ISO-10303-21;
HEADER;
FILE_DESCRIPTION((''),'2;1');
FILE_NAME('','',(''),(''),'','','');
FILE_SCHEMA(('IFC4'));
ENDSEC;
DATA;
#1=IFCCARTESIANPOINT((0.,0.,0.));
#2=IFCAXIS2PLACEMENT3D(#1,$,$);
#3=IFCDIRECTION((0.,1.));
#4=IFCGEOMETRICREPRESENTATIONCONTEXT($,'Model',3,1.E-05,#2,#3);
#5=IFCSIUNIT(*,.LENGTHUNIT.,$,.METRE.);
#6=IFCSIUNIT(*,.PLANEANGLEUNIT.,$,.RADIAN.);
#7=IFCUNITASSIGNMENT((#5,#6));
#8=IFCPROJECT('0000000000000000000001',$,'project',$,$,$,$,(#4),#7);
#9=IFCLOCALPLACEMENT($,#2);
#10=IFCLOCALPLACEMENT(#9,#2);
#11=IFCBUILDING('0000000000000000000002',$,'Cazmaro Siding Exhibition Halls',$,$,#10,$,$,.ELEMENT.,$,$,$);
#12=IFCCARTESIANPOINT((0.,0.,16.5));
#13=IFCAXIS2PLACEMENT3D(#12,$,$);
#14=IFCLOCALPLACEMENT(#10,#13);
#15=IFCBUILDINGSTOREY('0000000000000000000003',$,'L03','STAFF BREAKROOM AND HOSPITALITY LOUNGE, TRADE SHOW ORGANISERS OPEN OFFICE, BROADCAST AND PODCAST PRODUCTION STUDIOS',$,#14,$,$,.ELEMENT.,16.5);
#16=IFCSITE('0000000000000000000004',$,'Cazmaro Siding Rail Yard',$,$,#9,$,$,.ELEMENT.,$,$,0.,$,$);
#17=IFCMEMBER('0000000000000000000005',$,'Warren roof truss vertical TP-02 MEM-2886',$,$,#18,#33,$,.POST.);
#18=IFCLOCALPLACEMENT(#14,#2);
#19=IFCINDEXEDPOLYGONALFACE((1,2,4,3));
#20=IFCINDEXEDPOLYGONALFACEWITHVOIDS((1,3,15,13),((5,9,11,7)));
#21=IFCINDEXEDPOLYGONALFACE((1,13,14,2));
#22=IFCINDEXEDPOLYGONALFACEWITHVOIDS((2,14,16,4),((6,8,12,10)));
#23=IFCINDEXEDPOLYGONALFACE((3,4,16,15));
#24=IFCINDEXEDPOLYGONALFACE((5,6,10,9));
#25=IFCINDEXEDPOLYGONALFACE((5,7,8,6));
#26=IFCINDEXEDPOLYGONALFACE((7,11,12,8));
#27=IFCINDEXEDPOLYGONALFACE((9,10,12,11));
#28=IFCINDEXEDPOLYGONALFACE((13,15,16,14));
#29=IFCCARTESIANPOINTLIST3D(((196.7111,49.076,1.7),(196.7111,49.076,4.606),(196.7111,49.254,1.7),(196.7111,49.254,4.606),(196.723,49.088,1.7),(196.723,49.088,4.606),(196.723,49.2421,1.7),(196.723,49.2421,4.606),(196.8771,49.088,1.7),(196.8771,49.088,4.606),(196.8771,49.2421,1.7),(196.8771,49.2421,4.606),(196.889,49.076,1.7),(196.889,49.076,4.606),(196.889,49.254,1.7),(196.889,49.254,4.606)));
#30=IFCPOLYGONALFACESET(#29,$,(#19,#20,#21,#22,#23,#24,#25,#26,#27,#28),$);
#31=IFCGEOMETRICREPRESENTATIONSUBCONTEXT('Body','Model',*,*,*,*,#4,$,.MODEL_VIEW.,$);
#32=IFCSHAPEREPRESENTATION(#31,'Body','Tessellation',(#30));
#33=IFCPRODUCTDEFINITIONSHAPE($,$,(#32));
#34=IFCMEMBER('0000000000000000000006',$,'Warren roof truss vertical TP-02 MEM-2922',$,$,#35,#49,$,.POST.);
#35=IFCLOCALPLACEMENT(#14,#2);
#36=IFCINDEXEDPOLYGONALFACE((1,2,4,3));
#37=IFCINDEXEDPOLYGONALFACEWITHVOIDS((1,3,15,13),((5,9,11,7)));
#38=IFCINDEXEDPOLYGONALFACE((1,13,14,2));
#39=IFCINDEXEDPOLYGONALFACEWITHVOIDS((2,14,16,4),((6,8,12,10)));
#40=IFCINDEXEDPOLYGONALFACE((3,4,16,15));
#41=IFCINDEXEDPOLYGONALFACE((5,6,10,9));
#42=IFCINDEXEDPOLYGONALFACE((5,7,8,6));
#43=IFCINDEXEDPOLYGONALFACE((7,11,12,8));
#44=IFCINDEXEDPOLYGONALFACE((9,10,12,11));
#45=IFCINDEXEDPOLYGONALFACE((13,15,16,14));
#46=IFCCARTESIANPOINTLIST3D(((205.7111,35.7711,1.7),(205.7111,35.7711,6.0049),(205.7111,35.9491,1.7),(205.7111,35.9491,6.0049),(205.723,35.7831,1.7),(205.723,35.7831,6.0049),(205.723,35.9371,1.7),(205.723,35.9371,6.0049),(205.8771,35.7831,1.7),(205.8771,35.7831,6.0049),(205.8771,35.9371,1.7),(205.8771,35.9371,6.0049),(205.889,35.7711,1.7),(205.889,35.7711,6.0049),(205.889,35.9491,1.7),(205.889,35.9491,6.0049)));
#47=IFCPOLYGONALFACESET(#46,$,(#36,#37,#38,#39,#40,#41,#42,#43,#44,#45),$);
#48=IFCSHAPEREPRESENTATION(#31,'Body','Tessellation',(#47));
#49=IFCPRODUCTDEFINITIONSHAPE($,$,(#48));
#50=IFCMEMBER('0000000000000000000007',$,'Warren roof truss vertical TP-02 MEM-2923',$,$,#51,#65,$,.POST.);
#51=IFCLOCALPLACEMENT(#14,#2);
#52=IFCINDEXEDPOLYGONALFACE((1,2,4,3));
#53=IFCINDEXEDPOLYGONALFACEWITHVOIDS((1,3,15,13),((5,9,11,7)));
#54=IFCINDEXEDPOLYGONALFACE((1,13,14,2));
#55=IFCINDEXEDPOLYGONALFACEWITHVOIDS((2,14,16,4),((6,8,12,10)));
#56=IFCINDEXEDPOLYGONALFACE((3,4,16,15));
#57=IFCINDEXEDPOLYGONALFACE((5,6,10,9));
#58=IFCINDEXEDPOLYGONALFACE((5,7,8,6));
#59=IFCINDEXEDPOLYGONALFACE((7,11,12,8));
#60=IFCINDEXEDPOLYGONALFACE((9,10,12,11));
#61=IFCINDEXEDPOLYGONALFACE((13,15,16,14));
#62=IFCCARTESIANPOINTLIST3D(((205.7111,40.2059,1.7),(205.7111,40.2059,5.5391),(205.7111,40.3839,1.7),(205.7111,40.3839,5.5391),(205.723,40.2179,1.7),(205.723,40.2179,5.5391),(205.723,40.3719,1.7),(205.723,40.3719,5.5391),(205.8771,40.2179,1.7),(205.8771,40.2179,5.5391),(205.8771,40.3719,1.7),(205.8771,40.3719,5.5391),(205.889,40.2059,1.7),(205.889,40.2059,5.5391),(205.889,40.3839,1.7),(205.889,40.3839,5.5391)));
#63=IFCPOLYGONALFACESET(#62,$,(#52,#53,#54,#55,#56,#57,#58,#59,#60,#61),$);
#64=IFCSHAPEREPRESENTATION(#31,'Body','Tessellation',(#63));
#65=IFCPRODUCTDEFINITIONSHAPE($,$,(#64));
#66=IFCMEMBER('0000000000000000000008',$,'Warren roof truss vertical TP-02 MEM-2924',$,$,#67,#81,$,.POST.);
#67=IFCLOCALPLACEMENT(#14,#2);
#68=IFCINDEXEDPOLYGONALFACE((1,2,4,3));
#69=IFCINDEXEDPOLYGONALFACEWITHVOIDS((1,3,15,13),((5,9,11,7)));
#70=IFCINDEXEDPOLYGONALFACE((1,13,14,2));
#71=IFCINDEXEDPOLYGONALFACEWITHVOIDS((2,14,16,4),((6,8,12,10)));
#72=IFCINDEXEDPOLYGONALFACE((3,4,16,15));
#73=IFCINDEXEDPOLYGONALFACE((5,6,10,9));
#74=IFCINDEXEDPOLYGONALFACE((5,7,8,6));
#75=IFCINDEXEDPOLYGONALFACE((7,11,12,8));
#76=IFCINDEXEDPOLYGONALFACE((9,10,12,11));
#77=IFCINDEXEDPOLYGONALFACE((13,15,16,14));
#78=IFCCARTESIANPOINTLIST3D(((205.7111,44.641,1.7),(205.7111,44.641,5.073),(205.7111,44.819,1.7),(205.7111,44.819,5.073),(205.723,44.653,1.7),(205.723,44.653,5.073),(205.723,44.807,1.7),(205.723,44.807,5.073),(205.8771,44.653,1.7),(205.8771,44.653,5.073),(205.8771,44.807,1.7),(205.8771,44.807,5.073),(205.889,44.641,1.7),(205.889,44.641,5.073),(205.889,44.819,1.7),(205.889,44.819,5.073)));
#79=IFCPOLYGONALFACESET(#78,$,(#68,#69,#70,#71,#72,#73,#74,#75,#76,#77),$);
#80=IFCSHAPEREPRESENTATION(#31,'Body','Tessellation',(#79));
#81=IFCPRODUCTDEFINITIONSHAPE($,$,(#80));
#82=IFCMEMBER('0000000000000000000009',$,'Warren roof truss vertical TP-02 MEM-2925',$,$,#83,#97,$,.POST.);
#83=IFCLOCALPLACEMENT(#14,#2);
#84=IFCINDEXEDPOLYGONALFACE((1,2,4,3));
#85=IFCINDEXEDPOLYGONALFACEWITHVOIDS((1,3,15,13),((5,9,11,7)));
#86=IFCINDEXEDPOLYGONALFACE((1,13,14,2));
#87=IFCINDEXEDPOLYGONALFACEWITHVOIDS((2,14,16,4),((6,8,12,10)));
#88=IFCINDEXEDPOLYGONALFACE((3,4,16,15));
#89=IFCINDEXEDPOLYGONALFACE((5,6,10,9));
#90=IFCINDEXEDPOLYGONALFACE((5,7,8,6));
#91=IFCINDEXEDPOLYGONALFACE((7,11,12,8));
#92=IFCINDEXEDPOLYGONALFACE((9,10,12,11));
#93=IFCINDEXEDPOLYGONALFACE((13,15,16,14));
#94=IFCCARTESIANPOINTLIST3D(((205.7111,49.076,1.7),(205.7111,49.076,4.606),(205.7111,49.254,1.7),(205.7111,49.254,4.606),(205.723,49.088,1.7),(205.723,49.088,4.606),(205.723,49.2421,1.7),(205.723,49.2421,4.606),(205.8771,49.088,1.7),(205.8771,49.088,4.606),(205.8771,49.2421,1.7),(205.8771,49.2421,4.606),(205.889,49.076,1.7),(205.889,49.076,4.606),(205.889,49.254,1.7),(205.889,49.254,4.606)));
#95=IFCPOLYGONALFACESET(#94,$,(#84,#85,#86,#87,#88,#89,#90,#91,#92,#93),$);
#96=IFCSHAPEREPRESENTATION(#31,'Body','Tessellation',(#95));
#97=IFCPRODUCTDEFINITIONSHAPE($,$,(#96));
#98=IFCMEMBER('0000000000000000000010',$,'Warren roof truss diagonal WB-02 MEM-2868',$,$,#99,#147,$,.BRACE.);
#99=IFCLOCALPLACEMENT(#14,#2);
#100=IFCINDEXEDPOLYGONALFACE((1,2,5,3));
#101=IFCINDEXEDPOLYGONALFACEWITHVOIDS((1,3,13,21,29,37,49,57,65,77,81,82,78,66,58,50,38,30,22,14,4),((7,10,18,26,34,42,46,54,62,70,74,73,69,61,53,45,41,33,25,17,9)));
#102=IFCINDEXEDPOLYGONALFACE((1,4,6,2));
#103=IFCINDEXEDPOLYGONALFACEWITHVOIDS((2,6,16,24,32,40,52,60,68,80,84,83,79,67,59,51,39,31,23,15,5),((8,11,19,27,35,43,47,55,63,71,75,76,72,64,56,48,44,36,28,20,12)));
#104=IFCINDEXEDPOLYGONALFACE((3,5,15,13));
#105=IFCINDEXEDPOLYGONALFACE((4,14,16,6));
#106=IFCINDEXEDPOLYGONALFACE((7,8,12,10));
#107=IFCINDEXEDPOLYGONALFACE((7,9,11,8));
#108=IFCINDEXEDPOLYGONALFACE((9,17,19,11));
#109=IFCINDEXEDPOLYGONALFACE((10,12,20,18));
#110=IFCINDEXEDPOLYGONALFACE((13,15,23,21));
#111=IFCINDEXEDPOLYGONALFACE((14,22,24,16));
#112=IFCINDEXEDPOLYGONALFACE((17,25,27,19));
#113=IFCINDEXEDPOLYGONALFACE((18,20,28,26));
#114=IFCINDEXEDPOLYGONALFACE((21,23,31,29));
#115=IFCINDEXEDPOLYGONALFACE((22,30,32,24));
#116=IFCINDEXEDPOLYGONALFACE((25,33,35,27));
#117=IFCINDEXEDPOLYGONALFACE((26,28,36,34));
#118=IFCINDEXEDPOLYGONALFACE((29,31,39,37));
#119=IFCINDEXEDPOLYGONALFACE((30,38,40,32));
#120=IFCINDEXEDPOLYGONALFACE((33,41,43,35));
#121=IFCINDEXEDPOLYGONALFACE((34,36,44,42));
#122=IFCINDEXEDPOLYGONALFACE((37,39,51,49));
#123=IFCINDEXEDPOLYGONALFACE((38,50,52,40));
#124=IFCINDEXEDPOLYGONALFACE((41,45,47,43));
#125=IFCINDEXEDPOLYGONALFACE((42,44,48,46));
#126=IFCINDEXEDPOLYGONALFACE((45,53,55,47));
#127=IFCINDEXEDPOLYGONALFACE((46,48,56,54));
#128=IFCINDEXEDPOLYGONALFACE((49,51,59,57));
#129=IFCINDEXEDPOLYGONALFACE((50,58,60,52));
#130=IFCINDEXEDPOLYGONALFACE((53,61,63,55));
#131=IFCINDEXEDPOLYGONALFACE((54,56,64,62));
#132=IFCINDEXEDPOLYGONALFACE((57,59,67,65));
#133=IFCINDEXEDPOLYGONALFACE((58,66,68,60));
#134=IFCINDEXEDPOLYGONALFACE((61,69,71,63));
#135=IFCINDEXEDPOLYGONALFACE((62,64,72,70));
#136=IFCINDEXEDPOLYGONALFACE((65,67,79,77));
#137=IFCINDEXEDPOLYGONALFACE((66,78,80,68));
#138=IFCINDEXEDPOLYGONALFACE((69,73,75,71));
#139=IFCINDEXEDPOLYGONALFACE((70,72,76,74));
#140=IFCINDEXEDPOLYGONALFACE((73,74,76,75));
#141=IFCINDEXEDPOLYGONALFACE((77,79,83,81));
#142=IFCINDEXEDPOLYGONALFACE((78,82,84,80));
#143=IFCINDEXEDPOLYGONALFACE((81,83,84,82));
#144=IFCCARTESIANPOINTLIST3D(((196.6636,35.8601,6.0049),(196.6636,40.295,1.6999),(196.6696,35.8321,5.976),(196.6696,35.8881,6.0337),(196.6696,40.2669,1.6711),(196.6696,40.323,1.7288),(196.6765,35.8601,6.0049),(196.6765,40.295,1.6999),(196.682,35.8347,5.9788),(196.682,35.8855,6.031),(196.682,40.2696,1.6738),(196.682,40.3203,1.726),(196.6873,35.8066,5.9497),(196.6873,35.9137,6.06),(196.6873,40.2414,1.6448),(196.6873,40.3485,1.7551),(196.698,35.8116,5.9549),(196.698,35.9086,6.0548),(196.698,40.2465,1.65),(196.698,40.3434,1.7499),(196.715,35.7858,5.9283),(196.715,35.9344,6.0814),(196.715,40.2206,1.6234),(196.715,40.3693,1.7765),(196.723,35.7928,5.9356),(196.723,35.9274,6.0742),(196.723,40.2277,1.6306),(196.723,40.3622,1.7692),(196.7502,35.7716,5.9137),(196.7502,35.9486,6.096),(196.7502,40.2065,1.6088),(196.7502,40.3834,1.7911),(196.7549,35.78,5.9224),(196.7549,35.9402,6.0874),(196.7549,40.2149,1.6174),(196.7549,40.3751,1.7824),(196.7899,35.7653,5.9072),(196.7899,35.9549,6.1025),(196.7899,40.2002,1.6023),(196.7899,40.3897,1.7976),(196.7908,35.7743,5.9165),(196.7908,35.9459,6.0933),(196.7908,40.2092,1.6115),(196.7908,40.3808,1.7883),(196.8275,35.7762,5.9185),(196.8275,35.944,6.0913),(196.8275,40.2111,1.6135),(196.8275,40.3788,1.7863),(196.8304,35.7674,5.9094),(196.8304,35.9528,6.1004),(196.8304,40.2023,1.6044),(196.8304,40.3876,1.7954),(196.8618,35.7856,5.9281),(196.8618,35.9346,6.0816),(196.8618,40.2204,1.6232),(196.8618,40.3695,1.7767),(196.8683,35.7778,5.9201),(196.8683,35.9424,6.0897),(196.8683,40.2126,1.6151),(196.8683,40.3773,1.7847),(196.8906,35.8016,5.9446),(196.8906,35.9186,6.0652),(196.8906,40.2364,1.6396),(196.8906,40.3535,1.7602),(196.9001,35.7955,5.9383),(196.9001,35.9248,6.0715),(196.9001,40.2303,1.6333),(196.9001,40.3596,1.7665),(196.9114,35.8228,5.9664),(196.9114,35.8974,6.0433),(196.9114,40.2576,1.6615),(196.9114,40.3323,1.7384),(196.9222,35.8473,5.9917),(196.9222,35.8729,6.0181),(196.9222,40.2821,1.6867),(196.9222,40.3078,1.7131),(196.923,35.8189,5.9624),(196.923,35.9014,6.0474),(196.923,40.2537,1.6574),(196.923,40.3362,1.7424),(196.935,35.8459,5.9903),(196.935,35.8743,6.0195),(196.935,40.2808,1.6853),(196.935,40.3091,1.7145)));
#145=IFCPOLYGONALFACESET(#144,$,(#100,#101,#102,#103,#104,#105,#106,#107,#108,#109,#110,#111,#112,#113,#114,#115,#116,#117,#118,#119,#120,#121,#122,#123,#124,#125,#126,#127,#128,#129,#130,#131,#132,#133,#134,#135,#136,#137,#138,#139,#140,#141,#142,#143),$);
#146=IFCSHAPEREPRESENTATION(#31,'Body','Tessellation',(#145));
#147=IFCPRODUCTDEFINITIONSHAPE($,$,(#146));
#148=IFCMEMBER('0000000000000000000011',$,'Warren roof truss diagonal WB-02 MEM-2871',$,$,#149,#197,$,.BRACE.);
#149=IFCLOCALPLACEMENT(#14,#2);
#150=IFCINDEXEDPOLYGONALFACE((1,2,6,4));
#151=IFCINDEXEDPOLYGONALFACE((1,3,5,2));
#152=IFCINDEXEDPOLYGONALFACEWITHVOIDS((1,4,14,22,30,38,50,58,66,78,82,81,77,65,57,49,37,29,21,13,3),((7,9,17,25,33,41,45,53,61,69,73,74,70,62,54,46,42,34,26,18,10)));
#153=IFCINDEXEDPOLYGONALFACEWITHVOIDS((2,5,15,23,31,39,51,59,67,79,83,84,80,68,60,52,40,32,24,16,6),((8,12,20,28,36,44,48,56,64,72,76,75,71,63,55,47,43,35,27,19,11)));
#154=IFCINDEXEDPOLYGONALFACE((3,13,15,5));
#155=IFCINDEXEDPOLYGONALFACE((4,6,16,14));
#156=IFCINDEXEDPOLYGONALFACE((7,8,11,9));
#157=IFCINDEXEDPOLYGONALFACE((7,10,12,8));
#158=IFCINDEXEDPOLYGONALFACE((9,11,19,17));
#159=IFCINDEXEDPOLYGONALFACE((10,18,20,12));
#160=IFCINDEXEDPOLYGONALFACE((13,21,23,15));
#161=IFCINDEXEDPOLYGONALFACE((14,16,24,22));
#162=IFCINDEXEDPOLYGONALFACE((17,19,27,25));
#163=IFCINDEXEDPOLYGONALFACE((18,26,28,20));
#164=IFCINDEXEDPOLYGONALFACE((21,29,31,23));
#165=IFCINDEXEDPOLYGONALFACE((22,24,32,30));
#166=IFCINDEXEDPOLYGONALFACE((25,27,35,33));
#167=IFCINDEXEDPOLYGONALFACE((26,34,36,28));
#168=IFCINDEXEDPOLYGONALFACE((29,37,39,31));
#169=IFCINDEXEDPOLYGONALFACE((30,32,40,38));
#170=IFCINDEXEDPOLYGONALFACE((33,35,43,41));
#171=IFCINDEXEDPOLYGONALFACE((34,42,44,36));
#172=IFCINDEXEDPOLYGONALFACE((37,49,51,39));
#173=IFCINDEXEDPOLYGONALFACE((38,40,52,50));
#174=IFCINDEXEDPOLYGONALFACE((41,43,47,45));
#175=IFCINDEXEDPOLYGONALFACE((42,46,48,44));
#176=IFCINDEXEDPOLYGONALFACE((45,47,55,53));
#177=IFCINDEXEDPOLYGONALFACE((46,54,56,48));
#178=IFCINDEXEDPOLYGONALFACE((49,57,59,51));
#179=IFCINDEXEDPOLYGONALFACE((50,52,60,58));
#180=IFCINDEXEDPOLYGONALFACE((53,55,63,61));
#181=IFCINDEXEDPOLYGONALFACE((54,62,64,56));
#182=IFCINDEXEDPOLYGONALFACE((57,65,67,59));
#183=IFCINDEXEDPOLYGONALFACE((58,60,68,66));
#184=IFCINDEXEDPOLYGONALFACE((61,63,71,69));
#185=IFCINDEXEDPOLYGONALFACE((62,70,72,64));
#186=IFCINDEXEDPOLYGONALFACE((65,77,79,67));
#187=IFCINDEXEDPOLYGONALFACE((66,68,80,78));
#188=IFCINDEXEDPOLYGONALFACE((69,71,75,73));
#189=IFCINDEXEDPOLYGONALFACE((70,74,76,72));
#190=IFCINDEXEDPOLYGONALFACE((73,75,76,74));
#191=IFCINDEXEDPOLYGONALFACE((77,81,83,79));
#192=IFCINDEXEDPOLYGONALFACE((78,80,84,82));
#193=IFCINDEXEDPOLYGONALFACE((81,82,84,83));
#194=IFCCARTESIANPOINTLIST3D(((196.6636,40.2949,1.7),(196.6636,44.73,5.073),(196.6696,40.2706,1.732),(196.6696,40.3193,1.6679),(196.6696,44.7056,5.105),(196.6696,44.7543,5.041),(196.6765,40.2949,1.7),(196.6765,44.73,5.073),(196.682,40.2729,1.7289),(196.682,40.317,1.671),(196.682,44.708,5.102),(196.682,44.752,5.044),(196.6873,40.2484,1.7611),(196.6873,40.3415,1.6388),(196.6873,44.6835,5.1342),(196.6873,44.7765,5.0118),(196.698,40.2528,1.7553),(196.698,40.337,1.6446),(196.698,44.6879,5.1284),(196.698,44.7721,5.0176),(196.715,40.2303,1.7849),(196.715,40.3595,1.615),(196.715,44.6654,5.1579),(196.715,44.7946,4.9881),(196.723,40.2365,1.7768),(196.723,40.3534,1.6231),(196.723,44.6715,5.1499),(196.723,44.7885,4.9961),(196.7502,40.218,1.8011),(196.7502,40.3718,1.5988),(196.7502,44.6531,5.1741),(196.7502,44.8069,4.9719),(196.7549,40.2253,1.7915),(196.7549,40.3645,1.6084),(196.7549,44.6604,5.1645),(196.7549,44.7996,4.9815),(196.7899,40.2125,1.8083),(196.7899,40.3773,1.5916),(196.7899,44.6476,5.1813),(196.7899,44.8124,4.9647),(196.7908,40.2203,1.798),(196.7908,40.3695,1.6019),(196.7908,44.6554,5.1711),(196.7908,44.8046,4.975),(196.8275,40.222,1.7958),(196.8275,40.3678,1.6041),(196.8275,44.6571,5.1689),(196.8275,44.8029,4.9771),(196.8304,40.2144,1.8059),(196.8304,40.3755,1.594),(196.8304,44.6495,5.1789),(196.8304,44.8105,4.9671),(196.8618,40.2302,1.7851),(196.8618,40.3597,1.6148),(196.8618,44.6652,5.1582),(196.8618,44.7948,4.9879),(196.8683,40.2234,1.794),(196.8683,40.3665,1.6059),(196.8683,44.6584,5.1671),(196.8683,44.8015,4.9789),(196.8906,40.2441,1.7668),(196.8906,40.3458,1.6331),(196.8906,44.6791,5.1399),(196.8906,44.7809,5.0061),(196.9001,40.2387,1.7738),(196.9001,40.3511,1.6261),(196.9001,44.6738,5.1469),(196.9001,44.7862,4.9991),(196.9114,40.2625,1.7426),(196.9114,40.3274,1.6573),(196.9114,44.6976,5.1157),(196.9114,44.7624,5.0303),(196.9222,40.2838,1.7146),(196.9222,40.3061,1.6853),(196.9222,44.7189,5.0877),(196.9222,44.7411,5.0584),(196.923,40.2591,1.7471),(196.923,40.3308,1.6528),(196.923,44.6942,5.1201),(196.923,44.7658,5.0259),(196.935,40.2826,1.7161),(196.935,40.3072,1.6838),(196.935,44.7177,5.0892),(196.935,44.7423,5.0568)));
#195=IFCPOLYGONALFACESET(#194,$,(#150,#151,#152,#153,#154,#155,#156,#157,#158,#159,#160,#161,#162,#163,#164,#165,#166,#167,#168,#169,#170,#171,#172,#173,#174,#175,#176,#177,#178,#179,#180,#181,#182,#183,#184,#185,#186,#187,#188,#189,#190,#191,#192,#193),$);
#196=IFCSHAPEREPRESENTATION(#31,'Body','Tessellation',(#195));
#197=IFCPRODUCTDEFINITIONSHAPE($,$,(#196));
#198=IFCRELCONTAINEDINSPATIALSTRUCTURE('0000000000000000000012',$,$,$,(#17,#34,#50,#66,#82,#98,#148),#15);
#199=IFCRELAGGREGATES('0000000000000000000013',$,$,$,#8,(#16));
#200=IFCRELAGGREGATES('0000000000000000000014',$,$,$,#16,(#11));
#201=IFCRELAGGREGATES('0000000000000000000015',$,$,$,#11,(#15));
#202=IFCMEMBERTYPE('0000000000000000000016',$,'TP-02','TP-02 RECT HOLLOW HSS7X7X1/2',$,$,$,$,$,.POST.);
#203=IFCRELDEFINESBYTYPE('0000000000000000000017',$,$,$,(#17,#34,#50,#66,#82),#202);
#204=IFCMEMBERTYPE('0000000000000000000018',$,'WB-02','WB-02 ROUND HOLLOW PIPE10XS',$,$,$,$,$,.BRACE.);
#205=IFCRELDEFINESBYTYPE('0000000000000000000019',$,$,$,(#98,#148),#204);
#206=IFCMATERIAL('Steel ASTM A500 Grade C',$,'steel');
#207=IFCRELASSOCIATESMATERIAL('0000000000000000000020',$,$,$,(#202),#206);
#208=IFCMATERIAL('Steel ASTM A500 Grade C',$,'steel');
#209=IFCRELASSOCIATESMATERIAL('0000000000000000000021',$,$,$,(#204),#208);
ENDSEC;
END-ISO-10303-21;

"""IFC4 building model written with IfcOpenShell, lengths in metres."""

from ifc_helpers import new_model, si_unit, direction, frame, origin, origin_2d, place, context, subcontext, project, spatial, hollow_rectangle, hollow_circle, extrude, material, material_profile, profile_set, type_object, element, save


model = new_model("IFC4")

# Units and contexts
model_context = context("Model", 3, precision=1e-05, world=origin(), true_north=direction((0.0, 1.0)))
body_context = subcontext(model_context, "Body", "Model", "MODEL_VIEW")
ifc_project = project(units=[si_unit("LENGTHUNIT", "METRE"), si_unit("PLANEANGLEUNIT", "RADIAN")], contexts=[model_context])

# Site, building, storey
site_placement = place(None, origin())
site = spatial("IfcSite", under=ifc_project, at=site_placement, Name="Cazmaro Siding Rail Yard", CompositionType="ELEMENT", RefElevation=0.0)
building_placement = place(site_placement, origin())
building = spatial("IfcBuilding", under=site, at=building_placement, Name="Cazmaro Siding Exhibition Halls", CompositionType="ELEMENT")
storey_placement = place(building_placement, frame((0.0, 0.0, 16.5)))
storey = spatial("IfcBuildingStorey", under=building, at=storey_placement, Name="L03", Description="STAFF BREAKROOM AND HOSPITALITY LOUNGE, TRADE SHOW ORGANISERS OPEN OFFICE, BROADCAST AND PODCAST PRODUCTION STUDIOS", CompositionType="ELEMENT", Elevation=16.5)

# Members
ifc_material_1 = material(Name="Steel ASTM A500 Grade C", Category="steel")
ifc_material_profile_1 = material_profile(ifc_material_1, hollow_rectangle(XDim=0.178, YDim=0.178, WallThickness=0.012, at=origin_2d()), Name="HSS7X7X1/2")
ifc_profile_set_1 = profile_set([ifc_material_profile_1], Name="Steel ASTM A500 Grade C")
member_type_1 = type_object("IfcMemberType", Name="TP-02", Description="TP-02 RECT HOLLOW HSS7X7X1/2", PredefinedType="POST", material=ifc_profile_set_1)
member_1_placement = place(storey_placement, frame((196.8, 49.165, 1.7), z_axis=(0.0, 0.0, 1.0), x_axis=(1.0, 0.0, 0.0)))
element("IfcMember", 1, at=member_1_placement, inside=storey, type_object=member_type_1, Name="Warren roof truss vertical TP-02 MEM-2886", PredefinedType="POST", context=body_context, shape_type="SweptSolid", body=[
    extrude(hollow_rectangle(XDim=0.178, YDim=0.178, WallThickness=0.012, at=origin_2d()), origin(), (0.0, 0.0, 1.0), 2.906),
])
member_2_placement = place(storey_placement, frame((205.8, 35.8601, 1.7), z_axis=(0.0, 0.0, 1.0), x_axis=(1.0, 0.0, 0.0)))
element("IfcMember", 2, at=member_2_placement, inside=storey, type_object=member_type_1, Name="Warren roof truss vertical TP-02 MEM-2922", PredefinedType="POST", context=body_context, shape_type="SweptSolid", body=[
    extrude(hollow_rectangle(XDim=0.178, YDim=0.178, WallThickness=0.012, at=origin_2d()), origin(), (0.0, 0.0, 1.0), 4.3049),
])
member_3_placement = place(storey_placement, frame((205.8, 40.2949, 1.7), z_axis=(0.0, 0.0, 1.0), x_axis=(1.0, 0.0, 0.0)))
element("IfcMember", 3, at=member_3_placement, inside=storey, type_object=member_type_1, Name="Warren roof truss vertical TP-02 MEM-2923", PredefinedType="POST", context=body_context, shape_type="SweptSolid", body=[
    extrude(hollow_rectangle(XDim=0.178, YDim=0.178, WallThickness=0.012, at=origin_2d()), origin(), (0.0, 0.0, 1.0), 3.8391),
])
member_4_placement = place(storey_placement, frame((205.8, 44.73, 1.7), z_axis=(0.0, 0.0, 1.0), x_axis=(1.0, 0.0, 0.0)))
element("IfcMember", 4, at=member_4_placement, inside=storey, type_object=member_type_1, Name="Warren roof truss vertical TP-02 MEM-2924", PredefinedType="POST", context=body_context, shape_type="SweptSolid", body=[
    extrude(hollow_rectangle(XDim=0.178, YDim=0.178, WallThickness=0.012, at=origin_2d()), origin(), (0.0, 0.0, 1.0), 3.373),
])
member_5_placement = place(storey_placement, frame((205.8, 49.165, 1.7), z_axis=(0.0, 0.0, 1.0), x_axis=(1.0, 0.0, 0.0)))
element("IfcMember", 5, at=member_5_placement, inside=storey, type_object=member_type_1, Name="Warren roof truss vertical TP-02 MEM-2925", PredefinedType="POST", context=body_context, shape_type="SweptSolid", body=[
    extrude(hollow_rectangle(XDim=0.178, YDim=0.178, WallThickness=0.012, at=origin_2d()), origin(), (0.0, 0.0, 1.0), 2.906),
])
ifc_material_2 = material(Name="Steel ASTM A500 Grade C", Category="steel")
ifc_material_profile_2 = material_profile(ifc_material_2, hollow_circle(Radius=0.1365, WallThickness=0.0129, at=origin_2d()), Name="PIPE10XS")
ifc_profile_set_2 = profile_set([ifc_material_profile_2], Name="Steel ASTM A500 Grade C")
member_type_2 = type_object("IfcMemberType", Name="WB-02", Description="WB-02 ROUND HOLLOW PIPE10XS", PredefinedType="BRACE", material=ifc_profile_set_2)
member_6_placement = place(storey_placement, frame((196.8, 35.8601, 6.0049), z_axis=(0.0, 0.717536, -0.696521), x_axis=(-1.0, 0.0, 0.0)))
element("IfcMember", 6, at=member_6_placement, inside=storey, type_object=member_type_2, Name="Warren roof truss diagonal WB-02 MEM-2868", PredefinedType="BRACE", context=body_context, shape_type="SweptSolid", body=[
    extrude(hollow_circle(Radius=0.1365, WallThickness=0.0129, at=origin_2d()), origin(), (0.0, 0.0, 1.0), 6.1807),
])
for number, where, z_axis, x_axis, name in (
    (7, (196.8, 40.2949, 1.7), (0.0, 0.795954, 0.605357), (-1.0, 0.0, 0.0), "Warren roof truss diagonal WB-02 MEM-2871"),
):
    element("IfcMember", number, at=place(storey_placement, frame(where, z_axis=z_axis, x_axis=x_axis)), inside=storey, type_object=member_type_2, Name=name, PredefinedType="BRACE", context=body_context, shape_type="SweptSolid", body=[
        extrude(hollow_circle(Radius=0.1365, WallThickness=0.0129, at=origin_2d()), origin(), (0.0, 0.0, 1.0), 5.572),
    ])

save(model, "model.ifc")
